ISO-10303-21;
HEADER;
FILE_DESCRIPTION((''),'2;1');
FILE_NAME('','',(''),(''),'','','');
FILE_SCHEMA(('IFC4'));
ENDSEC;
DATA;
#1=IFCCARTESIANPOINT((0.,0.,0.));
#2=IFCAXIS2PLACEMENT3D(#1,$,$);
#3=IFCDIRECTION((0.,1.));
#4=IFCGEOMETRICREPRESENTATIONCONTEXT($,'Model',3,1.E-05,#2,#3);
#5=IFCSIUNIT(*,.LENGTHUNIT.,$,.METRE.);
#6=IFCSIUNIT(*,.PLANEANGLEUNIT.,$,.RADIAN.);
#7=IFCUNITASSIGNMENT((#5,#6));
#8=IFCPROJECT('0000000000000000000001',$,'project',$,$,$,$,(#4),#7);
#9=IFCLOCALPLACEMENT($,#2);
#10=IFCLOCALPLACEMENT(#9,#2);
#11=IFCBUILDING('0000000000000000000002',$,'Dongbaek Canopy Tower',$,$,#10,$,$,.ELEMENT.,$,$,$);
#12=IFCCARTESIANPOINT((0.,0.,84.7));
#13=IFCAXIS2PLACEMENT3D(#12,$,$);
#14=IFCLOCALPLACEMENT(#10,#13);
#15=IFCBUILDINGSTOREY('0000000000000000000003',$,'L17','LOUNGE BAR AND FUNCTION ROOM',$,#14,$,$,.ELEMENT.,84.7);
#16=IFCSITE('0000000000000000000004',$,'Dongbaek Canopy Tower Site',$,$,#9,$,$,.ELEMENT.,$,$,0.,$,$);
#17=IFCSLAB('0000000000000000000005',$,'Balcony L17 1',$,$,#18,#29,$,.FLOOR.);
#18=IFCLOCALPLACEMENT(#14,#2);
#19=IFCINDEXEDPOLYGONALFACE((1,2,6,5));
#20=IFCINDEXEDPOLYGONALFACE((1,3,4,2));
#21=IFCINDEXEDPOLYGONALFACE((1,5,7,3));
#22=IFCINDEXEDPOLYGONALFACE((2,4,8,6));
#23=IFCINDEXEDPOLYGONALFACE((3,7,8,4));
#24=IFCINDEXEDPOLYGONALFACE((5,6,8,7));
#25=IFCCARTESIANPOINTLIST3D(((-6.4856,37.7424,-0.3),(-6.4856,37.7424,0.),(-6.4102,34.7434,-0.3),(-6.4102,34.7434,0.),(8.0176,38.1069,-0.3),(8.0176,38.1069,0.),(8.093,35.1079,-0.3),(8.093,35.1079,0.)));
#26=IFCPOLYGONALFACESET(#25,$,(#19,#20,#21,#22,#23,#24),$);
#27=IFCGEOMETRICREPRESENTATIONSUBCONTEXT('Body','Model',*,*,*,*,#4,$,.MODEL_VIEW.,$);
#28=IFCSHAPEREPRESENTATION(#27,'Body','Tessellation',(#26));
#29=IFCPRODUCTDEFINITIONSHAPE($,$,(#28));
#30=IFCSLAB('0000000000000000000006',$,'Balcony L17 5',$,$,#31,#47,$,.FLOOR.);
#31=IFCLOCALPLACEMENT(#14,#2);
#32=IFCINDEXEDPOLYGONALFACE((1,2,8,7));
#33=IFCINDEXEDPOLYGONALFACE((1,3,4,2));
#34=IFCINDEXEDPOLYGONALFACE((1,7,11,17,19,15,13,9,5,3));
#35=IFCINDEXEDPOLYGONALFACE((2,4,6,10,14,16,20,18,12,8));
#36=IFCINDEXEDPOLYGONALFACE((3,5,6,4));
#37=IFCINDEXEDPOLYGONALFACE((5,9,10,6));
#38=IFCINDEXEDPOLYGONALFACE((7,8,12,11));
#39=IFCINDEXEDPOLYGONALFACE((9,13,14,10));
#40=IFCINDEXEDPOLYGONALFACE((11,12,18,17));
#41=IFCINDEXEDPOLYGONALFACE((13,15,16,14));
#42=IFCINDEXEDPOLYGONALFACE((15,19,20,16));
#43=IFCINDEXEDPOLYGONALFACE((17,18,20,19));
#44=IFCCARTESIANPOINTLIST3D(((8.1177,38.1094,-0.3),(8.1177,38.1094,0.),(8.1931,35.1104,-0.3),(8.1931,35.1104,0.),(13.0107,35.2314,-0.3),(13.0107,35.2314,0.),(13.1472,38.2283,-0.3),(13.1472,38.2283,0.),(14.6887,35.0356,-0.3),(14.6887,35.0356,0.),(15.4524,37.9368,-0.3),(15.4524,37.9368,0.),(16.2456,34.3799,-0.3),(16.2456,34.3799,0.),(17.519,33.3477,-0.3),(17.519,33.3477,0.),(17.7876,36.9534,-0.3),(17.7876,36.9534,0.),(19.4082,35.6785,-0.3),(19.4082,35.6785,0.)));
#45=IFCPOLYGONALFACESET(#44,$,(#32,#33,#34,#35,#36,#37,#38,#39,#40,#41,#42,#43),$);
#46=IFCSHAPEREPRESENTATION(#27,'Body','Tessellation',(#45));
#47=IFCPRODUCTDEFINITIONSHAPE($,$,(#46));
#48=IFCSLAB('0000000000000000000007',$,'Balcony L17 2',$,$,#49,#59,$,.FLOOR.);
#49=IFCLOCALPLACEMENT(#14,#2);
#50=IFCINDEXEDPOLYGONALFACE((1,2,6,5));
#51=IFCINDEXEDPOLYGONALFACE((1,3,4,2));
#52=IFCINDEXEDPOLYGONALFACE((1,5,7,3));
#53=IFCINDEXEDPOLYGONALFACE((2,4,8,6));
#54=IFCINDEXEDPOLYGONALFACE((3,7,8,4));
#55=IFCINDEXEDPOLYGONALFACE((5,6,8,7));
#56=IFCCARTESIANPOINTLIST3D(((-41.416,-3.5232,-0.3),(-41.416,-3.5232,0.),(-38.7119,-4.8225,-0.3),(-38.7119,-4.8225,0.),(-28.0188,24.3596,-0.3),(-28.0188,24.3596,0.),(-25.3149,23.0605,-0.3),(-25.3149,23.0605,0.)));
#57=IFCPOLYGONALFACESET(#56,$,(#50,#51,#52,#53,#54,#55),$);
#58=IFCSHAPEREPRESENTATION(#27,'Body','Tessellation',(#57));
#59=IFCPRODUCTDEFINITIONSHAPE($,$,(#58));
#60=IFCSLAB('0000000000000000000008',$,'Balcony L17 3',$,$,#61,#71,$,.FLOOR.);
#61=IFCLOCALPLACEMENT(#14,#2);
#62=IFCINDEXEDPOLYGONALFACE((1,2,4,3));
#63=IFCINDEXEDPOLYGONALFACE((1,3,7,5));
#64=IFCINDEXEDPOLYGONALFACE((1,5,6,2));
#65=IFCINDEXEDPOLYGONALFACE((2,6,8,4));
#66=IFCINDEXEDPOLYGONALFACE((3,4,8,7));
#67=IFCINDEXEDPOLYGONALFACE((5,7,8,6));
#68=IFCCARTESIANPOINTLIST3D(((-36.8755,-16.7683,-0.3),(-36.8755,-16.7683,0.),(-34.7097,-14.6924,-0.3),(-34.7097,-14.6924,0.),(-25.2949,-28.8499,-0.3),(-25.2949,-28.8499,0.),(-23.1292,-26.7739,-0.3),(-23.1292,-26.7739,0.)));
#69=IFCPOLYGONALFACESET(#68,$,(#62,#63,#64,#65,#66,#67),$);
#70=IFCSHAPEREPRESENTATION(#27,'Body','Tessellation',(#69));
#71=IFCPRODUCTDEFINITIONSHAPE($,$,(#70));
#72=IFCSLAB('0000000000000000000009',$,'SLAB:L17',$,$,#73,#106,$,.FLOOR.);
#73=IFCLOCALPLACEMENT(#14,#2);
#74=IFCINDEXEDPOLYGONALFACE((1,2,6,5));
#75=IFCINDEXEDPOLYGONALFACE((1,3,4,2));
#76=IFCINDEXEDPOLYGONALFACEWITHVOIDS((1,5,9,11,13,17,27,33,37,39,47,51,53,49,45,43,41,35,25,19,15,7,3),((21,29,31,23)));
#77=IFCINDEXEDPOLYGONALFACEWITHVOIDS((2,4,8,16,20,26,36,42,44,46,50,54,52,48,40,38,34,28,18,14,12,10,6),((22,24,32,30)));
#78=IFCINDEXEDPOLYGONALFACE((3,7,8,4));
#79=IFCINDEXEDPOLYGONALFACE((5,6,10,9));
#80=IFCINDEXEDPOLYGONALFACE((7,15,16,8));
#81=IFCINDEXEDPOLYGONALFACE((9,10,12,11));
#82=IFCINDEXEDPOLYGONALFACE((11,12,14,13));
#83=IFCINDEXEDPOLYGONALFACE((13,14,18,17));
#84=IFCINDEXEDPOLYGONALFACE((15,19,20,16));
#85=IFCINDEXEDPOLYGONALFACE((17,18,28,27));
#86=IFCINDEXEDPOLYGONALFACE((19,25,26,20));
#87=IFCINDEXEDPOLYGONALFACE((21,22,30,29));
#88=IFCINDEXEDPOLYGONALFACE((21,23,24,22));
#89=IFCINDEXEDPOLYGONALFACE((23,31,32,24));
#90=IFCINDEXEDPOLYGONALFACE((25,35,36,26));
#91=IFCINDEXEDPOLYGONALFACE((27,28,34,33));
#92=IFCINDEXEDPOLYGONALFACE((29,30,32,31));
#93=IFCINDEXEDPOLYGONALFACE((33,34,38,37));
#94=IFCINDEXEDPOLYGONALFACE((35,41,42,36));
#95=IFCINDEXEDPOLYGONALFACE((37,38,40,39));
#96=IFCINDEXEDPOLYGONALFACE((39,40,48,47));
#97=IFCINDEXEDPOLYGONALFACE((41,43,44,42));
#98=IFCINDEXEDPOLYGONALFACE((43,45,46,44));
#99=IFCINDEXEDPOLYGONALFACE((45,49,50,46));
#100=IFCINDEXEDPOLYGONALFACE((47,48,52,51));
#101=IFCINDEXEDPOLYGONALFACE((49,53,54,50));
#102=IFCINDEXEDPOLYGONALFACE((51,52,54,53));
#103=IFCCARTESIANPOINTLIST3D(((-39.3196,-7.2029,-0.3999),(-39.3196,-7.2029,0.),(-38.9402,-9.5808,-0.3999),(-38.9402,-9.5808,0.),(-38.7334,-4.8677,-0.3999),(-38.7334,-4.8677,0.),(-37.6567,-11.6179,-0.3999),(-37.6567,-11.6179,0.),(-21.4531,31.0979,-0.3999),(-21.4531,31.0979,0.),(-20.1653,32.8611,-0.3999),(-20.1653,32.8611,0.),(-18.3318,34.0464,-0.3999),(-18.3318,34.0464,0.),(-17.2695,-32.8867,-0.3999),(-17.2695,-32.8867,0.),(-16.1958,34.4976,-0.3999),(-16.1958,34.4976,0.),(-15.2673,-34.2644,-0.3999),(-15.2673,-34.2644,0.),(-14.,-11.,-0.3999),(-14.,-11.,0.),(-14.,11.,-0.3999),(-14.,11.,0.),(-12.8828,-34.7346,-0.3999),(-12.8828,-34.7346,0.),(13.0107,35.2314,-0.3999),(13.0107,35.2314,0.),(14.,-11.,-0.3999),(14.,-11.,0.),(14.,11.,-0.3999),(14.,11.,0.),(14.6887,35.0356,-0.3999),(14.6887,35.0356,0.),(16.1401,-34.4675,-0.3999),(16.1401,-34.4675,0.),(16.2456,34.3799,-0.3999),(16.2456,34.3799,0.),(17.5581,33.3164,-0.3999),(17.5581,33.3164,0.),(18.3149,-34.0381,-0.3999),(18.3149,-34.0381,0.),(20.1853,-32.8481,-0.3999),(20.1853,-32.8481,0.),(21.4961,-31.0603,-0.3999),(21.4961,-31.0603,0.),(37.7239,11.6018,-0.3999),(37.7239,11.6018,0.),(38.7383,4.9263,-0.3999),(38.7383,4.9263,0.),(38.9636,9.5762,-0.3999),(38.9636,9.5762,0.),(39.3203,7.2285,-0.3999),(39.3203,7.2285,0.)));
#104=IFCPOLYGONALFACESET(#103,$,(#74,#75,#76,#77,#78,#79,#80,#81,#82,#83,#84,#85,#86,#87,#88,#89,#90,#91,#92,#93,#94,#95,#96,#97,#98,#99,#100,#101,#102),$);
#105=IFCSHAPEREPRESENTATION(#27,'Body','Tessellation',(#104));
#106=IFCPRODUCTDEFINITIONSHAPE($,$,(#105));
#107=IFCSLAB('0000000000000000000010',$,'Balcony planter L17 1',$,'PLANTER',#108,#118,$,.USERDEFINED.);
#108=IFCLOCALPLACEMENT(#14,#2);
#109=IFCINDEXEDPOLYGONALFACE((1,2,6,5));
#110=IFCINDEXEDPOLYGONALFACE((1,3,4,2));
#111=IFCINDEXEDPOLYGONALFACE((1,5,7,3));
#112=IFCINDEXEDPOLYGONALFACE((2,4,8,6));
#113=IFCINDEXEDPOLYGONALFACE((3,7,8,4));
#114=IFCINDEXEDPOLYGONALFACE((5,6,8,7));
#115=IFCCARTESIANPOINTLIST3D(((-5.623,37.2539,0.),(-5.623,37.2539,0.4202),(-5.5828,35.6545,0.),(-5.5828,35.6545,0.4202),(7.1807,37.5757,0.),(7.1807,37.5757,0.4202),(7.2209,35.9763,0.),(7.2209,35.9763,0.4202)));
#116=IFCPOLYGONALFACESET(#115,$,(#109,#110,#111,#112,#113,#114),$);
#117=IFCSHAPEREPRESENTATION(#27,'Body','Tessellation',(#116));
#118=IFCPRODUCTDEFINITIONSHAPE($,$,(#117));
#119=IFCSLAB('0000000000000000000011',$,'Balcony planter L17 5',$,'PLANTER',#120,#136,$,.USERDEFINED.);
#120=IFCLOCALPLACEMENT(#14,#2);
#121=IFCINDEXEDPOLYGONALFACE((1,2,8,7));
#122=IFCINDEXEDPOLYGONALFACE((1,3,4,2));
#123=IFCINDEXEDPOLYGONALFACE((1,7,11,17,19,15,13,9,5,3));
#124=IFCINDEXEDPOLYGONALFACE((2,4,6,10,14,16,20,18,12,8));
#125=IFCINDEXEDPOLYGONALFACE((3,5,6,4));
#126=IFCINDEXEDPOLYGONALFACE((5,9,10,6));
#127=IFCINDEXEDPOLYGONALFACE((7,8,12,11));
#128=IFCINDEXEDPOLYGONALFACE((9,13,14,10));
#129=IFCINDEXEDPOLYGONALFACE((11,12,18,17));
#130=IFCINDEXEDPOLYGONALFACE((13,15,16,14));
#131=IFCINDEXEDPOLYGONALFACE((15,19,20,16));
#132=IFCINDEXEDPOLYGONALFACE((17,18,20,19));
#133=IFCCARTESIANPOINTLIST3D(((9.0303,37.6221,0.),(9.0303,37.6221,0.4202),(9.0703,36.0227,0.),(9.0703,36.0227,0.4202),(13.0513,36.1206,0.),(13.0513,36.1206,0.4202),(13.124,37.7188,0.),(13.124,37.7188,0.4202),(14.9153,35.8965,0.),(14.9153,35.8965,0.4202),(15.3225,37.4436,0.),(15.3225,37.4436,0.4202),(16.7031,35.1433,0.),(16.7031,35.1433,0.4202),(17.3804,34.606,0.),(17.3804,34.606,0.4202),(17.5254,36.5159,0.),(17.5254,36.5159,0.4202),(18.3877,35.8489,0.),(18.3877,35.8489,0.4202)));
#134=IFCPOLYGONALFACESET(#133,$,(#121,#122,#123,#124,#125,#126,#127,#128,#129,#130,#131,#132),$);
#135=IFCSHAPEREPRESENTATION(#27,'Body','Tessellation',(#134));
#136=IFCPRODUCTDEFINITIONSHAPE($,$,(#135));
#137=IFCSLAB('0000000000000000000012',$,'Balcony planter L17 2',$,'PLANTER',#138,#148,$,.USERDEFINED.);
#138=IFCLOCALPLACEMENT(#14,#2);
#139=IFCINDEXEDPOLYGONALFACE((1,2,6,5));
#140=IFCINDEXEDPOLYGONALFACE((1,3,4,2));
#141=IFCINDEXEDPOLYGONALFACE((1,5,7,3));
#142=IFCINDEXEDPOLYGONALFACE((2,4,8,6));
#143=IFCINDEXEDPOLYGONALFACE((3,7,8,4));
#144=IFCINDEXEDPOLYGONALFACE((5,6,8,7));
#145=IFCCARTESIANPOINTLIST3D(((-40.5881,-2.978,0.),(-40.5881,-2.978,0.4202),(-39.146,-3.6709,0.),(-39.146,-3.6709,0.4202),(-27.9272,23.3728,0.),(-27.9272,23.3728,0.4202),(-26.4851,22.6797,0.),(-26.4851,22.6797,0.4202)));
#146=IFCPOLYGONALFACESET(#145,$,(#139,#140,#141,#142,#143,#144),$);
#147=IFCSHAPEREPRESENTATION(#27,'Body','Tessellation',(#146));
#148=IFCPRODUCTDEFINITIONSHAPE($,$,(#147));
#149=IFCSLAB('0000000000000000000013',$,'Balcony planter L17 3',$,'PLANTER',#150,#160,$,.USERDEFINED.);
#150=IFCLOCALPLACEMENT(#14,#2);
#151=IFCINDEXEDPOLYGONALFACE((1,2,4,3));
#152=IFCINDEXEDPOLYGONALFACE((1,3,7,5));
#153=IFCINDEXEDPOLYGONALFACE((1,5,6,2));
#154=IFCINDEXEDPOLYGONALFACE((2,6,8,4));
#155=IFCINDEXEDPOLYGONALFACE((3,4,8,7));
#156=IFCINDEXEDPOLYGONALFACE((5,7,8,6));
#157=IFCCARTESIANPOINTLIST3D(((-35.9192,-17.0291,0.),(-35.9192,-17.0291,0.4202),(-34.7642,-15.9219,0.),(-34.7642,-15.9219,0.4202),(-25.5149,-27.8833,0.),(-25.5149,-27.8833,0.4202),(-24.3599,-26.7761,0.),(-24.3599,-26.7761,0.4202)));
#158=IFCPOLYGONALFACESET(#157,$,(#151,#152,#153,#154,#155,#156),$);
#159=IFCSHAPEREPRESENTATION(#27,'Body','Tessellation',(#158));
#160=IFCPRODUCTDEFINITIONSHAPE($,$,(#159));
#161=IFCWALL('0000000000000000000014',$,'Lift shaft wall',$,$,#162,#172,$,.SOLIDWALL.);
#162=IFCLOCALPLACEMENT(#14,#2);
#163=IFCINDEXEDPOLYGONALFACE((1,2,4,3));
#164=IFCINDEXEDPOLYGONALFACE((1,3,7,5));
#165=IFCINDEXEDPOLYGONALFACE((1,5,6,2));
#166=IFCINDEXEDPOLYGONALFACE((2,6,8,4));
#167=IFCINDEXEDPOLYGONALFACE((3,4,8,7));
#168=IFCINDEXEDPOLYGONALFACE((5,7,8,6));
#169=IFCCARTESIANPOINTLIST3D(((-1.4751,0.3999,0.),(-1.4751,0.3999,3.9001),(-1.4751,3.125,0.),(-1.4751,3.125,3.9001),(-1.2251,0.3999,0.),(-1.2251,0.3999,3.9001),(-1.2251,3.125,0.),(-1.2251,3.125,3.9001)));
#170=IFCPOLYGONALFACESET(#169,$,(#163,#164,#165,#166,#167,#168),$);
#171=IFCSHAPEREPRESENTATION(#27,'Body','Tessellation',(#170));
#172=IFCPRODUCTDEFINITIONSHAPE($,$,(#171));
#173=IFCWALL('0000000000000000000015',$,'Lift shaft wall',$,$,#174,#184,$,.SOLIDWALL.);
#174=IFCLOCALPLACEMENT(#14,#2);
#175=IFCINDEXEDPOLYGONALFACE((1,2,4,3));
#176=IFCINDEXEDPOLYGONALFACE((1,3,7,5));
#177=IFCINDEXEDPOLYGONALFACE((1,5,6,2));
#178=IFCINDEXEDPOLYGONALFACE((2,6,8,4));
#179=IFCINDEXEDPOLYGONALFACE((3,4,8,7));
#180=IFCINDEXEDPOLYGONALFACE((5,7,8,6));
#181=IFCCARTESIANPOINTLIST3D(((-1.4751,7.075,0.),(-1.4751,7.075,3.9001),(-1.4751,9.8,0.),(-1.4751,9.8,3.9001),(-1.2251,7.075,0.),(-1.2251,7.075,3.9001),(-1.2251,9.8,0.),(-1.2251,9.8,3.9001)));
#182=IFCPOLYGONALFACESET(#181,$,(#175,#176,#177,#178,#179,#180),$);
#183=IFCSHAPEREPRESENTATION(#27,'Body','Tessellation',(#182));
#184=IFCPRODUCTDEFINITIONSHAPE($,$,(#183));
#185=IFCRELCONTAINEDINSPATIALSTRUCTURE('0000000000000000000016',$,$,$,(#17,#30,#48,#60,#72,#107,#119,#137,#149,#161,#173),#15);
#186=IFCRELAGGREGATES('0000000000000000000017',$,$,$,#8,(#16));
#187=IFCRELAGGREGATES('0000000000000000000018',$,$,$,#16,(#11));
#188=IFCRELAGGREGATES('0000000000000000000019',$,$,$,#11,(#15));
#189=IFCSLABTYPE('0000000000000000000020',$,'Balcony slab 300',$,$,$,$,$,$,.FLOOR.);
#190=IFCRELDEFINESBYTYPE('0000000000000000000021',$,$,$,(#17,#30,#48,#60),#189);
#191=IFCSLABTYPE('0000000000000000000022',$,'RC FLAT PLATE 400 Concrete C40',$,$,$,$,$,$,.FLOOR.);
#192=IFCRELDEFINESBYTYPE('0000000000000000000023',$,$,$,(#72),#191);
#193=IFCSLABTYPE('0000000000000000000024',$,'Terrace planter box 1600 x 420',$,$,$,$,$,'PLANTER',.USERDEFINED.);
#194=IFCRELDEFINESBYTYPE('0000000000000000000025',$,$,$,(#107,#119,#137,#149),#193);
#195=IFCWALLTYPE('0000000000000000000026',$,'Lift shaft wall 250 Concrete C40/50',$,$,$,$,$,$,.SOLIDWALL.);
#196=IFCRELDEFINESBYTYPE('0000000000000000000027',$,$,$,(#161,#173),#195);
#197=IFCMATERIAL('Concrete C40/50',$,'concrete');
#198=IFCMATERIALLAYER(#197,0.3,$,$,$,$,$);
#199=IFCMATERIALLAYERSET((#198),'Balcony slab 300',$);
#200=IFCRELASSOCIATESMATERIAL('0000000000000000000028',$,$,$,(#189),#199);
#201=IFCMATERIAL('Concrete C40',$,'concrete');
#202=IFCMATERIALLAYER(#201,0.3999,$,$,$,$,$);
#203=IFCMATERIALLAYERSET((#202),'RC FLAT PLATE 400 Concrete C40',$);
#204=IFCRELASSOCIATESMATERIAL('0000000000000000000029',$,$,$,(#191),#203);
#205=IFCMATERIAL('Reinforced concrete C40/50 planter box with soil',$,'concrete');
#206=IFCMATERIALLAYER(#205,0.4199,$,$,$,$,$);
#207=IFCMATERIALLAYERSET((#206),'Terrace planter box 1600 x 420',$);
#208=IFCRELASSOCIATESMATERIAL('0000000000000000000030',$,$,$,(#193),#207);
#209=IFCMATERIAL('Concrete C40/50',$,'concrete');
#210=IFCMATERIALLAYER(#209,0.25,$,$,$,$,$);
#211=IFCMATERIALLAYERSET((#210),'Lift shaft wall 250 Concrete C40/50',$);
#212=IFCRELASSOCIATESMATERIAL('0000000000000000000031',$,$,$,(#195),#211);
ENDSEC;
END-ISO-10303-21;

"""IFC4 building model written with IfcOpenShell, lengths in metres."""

from ifc_helpers import new_model, si_unit, direction, frame, frame_2d, origin, place, context, subcontext, project, spatial, polyline, rectangle, outline, extrude, material, layer, layer_set, type_object, element, save


model = new_model("IFC4")

# Units and contexts
model_context = context("Model", 3, precision=1e-05, world=origin(), true_north=direction((0.0, 1.0)))
body_context = subcontext(model_context, "Body", "Model", "MODEL_VIEW")
ifc_project = project(units=[si_unit("LENGTHUNIT", "METRE"), si_unit("PLANEANGLEUNIT", "RADIAN")], contexts=[model_context])

# Site, building, storey
site_placement = place(None, origin())
site = spatial("IfcSite", under=ifc_project, at=site_placement, Name="Dongbaek Canopy Tower Site", CompositionType="ELEMENT", RefElevation=0.0)
building_placement = place(site_placement, origin())
building = spatial("IfcBuilding", under=site, at=building_placement, Name="Dongbaek Canopy Tower", CompositionType="ELEMENT")
storey_placement = place(building_placement, frame((0.0, 0.0, 84.7)))
storey = spatial("IfcBuildingStorey", under=building, at=storey_placement, Name="L17", Description="LOUNGE BAR AND FUNCTION ROOM", CompositionType="ELEMENT", Elevation=84.7)

# Slabs
ifc_material_1 = material(Name="Concrete C40/50", Category="concrete")
ifc_layer_1 = layer(ifc_material_1, 0.3)
ifc_layer_set_1 = layer_set([ifc_layer_1], Name="Balcony slab 300")
slab_type_1 = type_object("IfcSlabType", Name="Balcony slab 300", PredefinedType="FLOOR", material=ifc_layer_set_1)
slab_1_placement = place(storey_placement, frame((0.0, 0.0, -0.3)))
element("IfcSlab", 1, at=slab_1_placement, inside=storey, type_object=slab_type_1, Name="Balcony L17 1", PredefinedType="FLOOR", context=body_context, shape_type="SweptSolid", body=[
    extrude(outline(polyline([(8.093, 35.1079), (-6.4102, 34.7434), (-6.4856, 37.7424), (8.0176, 38.1069), (8.093, 35.1079)])), origin(), (0.0, 0.0, 1.0), 0.3),
])
slab_2_placement = place(storey_placement, frame((0.0, 0.0, -0.3)))
element("IfcSlab", 2, at=slab_2_placement, inside=storey, type_object=slab_type_1, Name="Balcony L17 5", PredefinedType="FLOOR", context=body_context, shape_type="SweptSolid", body=[
    extrude(outline(polyline([(17.519, 33.3477), (16.2456, 34.3799), (14.6887, 35.0356), (13.0107, 35.2314), (8.1931, 35.1104), (8.1177, 38.1094), (13.1472, 38.2283), (15.4524, 37.9368), (17.7876, 36.9534), (19.4082, 35.6785), (17.519, 33.3477)])), origin(), (0.0, 0.0, 1.0), 0.3),
])
slab_3_placement = place(storey_placement, frame((0.0, 0.0, -0.3)))
element("IfcSlab", 3, at=slab_3_placement, inside=storey, type_object=slab_type_1, Name="Balcony L17 2", PredefinedType="FLOOR", context=body_context, shape_type="SweptSolid", body=[
    extrude(outline(polyline([(-25.3149, 23.0605), (-38.7119, -4.8225), (-41.416, -3.5232), (-28.0188, 24.3596), (-25.3149, 23.0605)])), origin(), (0.0, 0.0, 1.0), 0.3),
])
slab_4_placement = place(storey_placement, frame((0.0, 0.0, -0.3)))
element("IfcSlab", 4, at=slab_4_placement, inside=storey, type_object=slab_type_1, Name="Balcony L17 3", PredefinedType="FLOOR", context=body_context, shape_type="SweptSolid", body=[
    extrude(outline(polyline([(-34.7097, -14.6924), (-23.1292, -26.7739), (-25.2949, -28.8499), (-36.8755, -16.7683), (-34.7097, -14.6924)])), origin(), (0.0, 0.0, 1.0), 0.3),
])
ifc_material_2 = material(Name="Concrete C40", Category="concrete")
ifc_layer_2 = layer(ifc_material_2, 0.3999)
ifc_layer_set_2 = layer_set([ifc_layer_2], Name="RC FLAT PLATE 400 Concrete C40")
slab_type_2 = type_object("IfcSlabType", Name="RC FLAT PLATE 400 Concrete C40", PredefinedType="FLOOR", material=ifc_layer_set_2)
slab_5_placement = place(storey_placement, frame((0.0, 0.0, -0.3999)))
element("IfcSlab", 5, at=slab_5_placement, inside=storey, type_object=slab_type_2, Name="SLAB:L17", PredefinedType="FLOOR", context=body_context, shape_type="SweptSolid", body=[
    extrude(outline(polyline([(21.4961, -31.0603), (20.1853, -32.8481), (18.3149, -34.0381), (16.1401, -34.4675), (-12.8828, -34.7346), (-15.2673, -34.2644), (-17.2695, -32.8867), (-37.6567, -11.6179), (-38.9402, -9.5808), (-39.3196, -7.2029), (-38.7334, -4.8677), (-21.4531, 31.0979), (-20.1653, 32.8611), (-18.3318, 34.0464), (-16.1958, 34.4976), (13.0107, 35.2314), (14.6887, 35.0356), (16.2456, 34.3799), (17.5581, 33.3164), (37.7239, 11.6018), (38.9636, 9.5762), (39.3203, 7.2285), (38.7383, 4.9263), (21.4961, -31.0603)]), holes=[polyline([(14.0, 11.0), (-14.0, 11.0), (-14.0, -11.0), (14.0, -11.0), (14.0, 11.0)])]), origin(), (0.0, 0.0, 1.0), 0.3999),
])
ifc_material_3 = material(Name="Reinforced concrete C40/50 planter box with soil", Category="concrete")
ifc_layer_3 = layer(ifc_material_3, 0.4199)
ifc_layer_set_3 = layer_set([ifc_layer_3], Name="Terrace planter box 1600 x 420")
slab_type_3 = type_object("IfcSlabType", Name="Terrace planter box 1600 x 420", ElementType="PLANTER", PredefinedType="USERDEFINED", material=ifc_layer_set_3)
slab_6_placement = place(storey_placement, origin())
element("IfcSlab", 6, at=slab_6_placement, inside=storey, type_object=slab_type_3, Name="Balcony planter L17 1", ObjectType="PLANTER", PredefinedType="USERDEFINED", context=body_context, shape_type="SweptSolid", body=[
    extrude(outline(polyline([(7.2209, 35.9763), (-5.5828, 35.6545), (-5.623, 37.2539), (7.1807, 37.5757), (7.2209, 35.9763)])), origin(), (0.0, 0.0, 1.0), 0.4202),
])
slab_7_placement = place(storey_placement, origin())
element("IfcSlab", 7, at=slab_7_placement, inside=storey, type_object=slab_type_3, Name="Balcony planter L17 5", ObjectType="PLANTER", PredefinedType="USERDEFINED", context=body_context, shape_type="SweptSolid", body=[
    extrude(outline(polyline([(17.3804, 34.606), (16.7031, 35.1433), (14.9153, 35.8965), (13.0513, 36.1206), (9.0703, 36.0227), (9.0303, 37.6221), (13.124, 37.7188), (15.3225, 37.4436), (17.5254, 36.5159), (18.3877, 35.8489), (17.3804, 34.606)])), origin(), (0.0, 0.0, 1.0), 0.4202),
])
slab_8_placement = place(storey_placement, origin())
element("IfcSlab", 8, at=slab_8_placement, inside=storey, type_object=slab_type_3, Name="Balcony planter L17 2", ObjectType="PLANTER", PredefinedType="USERDEFINED", context=body_context, shape_type="SweptSolid", body=[
    extrude(outline(polyline([(-26.4851, 22.6797), (-39.146, -3.6709), (-40.5881, -2.978), (-27.9272, 23.3728), (-26.4851, 22.6797)])), origin(), (0.0, 0.0, 1.0), 0.4202),
])
slab_9_placement = place(storey_placement, origin())
element("IfcSlab", 9, at=slab_9_placement, inside=storey, type_object=slab_type_3, Name="Balcony planter L17 3", ObjectType="PLANTER", PredefinedType="USERDEFINED", context=body_context, shape_type="SweptSolid", body=[
    extrude(outline(polyline([(-34.7642, -15.9219), (-24.3599, -26.7761), (-25.5149, -27.8833), (-35.9192, -17.0291), (-34.7642, -15.9219)])), origin(), (0.0, 0.0, 1.0), 0.4202),
])

# Walls
ifc_material_4 = material(Name="Concrete C40/50", Category="concrete")
ifc_layer_4 = layer(ifc_material_4, 0.25)
ifc_layer_set_4 = layer_set([ifc_layer_4], Name="Lift shaft wall 250 Concrete C40/50")
wall_type = type_object("IfcWallType", Name="Lift shaft wall 250 Concrete C40/50", PredefinedType="SOLIDWALL", material=ifc_layer_set_4)
for number, where, z_axis, x_axis, name in (
    (10, (-1.3501, 0.3999, 0.0), (0.0, 0.0, 1.0), (0.0, 1.0, 0.0), "Lift shaft wall"),
    (11, (-1.3501, 7.075, 0.0), (0.0, 0.0, 1.0), (0.0, 1.0, 0.0), "Lift shaft wall"),
):
    element("IfcWall", number, at=place(storey_placement, frame(where, z_axis=z_axis, x_axis=x_axis)), inside=storey, type_object=wall_type, Name=name, PredefinedType="SOLIDWALL", context=body_context, shape_type="SweptSolid", body=[
        extrude(rectangle(XDim=2.7251, YDim=0.25, at=frame_2d((1.3625, 0.0))), origin(), (0.0, 0.0, 1.0), 3.9001),
    ])

save(model, "model.ifc")
